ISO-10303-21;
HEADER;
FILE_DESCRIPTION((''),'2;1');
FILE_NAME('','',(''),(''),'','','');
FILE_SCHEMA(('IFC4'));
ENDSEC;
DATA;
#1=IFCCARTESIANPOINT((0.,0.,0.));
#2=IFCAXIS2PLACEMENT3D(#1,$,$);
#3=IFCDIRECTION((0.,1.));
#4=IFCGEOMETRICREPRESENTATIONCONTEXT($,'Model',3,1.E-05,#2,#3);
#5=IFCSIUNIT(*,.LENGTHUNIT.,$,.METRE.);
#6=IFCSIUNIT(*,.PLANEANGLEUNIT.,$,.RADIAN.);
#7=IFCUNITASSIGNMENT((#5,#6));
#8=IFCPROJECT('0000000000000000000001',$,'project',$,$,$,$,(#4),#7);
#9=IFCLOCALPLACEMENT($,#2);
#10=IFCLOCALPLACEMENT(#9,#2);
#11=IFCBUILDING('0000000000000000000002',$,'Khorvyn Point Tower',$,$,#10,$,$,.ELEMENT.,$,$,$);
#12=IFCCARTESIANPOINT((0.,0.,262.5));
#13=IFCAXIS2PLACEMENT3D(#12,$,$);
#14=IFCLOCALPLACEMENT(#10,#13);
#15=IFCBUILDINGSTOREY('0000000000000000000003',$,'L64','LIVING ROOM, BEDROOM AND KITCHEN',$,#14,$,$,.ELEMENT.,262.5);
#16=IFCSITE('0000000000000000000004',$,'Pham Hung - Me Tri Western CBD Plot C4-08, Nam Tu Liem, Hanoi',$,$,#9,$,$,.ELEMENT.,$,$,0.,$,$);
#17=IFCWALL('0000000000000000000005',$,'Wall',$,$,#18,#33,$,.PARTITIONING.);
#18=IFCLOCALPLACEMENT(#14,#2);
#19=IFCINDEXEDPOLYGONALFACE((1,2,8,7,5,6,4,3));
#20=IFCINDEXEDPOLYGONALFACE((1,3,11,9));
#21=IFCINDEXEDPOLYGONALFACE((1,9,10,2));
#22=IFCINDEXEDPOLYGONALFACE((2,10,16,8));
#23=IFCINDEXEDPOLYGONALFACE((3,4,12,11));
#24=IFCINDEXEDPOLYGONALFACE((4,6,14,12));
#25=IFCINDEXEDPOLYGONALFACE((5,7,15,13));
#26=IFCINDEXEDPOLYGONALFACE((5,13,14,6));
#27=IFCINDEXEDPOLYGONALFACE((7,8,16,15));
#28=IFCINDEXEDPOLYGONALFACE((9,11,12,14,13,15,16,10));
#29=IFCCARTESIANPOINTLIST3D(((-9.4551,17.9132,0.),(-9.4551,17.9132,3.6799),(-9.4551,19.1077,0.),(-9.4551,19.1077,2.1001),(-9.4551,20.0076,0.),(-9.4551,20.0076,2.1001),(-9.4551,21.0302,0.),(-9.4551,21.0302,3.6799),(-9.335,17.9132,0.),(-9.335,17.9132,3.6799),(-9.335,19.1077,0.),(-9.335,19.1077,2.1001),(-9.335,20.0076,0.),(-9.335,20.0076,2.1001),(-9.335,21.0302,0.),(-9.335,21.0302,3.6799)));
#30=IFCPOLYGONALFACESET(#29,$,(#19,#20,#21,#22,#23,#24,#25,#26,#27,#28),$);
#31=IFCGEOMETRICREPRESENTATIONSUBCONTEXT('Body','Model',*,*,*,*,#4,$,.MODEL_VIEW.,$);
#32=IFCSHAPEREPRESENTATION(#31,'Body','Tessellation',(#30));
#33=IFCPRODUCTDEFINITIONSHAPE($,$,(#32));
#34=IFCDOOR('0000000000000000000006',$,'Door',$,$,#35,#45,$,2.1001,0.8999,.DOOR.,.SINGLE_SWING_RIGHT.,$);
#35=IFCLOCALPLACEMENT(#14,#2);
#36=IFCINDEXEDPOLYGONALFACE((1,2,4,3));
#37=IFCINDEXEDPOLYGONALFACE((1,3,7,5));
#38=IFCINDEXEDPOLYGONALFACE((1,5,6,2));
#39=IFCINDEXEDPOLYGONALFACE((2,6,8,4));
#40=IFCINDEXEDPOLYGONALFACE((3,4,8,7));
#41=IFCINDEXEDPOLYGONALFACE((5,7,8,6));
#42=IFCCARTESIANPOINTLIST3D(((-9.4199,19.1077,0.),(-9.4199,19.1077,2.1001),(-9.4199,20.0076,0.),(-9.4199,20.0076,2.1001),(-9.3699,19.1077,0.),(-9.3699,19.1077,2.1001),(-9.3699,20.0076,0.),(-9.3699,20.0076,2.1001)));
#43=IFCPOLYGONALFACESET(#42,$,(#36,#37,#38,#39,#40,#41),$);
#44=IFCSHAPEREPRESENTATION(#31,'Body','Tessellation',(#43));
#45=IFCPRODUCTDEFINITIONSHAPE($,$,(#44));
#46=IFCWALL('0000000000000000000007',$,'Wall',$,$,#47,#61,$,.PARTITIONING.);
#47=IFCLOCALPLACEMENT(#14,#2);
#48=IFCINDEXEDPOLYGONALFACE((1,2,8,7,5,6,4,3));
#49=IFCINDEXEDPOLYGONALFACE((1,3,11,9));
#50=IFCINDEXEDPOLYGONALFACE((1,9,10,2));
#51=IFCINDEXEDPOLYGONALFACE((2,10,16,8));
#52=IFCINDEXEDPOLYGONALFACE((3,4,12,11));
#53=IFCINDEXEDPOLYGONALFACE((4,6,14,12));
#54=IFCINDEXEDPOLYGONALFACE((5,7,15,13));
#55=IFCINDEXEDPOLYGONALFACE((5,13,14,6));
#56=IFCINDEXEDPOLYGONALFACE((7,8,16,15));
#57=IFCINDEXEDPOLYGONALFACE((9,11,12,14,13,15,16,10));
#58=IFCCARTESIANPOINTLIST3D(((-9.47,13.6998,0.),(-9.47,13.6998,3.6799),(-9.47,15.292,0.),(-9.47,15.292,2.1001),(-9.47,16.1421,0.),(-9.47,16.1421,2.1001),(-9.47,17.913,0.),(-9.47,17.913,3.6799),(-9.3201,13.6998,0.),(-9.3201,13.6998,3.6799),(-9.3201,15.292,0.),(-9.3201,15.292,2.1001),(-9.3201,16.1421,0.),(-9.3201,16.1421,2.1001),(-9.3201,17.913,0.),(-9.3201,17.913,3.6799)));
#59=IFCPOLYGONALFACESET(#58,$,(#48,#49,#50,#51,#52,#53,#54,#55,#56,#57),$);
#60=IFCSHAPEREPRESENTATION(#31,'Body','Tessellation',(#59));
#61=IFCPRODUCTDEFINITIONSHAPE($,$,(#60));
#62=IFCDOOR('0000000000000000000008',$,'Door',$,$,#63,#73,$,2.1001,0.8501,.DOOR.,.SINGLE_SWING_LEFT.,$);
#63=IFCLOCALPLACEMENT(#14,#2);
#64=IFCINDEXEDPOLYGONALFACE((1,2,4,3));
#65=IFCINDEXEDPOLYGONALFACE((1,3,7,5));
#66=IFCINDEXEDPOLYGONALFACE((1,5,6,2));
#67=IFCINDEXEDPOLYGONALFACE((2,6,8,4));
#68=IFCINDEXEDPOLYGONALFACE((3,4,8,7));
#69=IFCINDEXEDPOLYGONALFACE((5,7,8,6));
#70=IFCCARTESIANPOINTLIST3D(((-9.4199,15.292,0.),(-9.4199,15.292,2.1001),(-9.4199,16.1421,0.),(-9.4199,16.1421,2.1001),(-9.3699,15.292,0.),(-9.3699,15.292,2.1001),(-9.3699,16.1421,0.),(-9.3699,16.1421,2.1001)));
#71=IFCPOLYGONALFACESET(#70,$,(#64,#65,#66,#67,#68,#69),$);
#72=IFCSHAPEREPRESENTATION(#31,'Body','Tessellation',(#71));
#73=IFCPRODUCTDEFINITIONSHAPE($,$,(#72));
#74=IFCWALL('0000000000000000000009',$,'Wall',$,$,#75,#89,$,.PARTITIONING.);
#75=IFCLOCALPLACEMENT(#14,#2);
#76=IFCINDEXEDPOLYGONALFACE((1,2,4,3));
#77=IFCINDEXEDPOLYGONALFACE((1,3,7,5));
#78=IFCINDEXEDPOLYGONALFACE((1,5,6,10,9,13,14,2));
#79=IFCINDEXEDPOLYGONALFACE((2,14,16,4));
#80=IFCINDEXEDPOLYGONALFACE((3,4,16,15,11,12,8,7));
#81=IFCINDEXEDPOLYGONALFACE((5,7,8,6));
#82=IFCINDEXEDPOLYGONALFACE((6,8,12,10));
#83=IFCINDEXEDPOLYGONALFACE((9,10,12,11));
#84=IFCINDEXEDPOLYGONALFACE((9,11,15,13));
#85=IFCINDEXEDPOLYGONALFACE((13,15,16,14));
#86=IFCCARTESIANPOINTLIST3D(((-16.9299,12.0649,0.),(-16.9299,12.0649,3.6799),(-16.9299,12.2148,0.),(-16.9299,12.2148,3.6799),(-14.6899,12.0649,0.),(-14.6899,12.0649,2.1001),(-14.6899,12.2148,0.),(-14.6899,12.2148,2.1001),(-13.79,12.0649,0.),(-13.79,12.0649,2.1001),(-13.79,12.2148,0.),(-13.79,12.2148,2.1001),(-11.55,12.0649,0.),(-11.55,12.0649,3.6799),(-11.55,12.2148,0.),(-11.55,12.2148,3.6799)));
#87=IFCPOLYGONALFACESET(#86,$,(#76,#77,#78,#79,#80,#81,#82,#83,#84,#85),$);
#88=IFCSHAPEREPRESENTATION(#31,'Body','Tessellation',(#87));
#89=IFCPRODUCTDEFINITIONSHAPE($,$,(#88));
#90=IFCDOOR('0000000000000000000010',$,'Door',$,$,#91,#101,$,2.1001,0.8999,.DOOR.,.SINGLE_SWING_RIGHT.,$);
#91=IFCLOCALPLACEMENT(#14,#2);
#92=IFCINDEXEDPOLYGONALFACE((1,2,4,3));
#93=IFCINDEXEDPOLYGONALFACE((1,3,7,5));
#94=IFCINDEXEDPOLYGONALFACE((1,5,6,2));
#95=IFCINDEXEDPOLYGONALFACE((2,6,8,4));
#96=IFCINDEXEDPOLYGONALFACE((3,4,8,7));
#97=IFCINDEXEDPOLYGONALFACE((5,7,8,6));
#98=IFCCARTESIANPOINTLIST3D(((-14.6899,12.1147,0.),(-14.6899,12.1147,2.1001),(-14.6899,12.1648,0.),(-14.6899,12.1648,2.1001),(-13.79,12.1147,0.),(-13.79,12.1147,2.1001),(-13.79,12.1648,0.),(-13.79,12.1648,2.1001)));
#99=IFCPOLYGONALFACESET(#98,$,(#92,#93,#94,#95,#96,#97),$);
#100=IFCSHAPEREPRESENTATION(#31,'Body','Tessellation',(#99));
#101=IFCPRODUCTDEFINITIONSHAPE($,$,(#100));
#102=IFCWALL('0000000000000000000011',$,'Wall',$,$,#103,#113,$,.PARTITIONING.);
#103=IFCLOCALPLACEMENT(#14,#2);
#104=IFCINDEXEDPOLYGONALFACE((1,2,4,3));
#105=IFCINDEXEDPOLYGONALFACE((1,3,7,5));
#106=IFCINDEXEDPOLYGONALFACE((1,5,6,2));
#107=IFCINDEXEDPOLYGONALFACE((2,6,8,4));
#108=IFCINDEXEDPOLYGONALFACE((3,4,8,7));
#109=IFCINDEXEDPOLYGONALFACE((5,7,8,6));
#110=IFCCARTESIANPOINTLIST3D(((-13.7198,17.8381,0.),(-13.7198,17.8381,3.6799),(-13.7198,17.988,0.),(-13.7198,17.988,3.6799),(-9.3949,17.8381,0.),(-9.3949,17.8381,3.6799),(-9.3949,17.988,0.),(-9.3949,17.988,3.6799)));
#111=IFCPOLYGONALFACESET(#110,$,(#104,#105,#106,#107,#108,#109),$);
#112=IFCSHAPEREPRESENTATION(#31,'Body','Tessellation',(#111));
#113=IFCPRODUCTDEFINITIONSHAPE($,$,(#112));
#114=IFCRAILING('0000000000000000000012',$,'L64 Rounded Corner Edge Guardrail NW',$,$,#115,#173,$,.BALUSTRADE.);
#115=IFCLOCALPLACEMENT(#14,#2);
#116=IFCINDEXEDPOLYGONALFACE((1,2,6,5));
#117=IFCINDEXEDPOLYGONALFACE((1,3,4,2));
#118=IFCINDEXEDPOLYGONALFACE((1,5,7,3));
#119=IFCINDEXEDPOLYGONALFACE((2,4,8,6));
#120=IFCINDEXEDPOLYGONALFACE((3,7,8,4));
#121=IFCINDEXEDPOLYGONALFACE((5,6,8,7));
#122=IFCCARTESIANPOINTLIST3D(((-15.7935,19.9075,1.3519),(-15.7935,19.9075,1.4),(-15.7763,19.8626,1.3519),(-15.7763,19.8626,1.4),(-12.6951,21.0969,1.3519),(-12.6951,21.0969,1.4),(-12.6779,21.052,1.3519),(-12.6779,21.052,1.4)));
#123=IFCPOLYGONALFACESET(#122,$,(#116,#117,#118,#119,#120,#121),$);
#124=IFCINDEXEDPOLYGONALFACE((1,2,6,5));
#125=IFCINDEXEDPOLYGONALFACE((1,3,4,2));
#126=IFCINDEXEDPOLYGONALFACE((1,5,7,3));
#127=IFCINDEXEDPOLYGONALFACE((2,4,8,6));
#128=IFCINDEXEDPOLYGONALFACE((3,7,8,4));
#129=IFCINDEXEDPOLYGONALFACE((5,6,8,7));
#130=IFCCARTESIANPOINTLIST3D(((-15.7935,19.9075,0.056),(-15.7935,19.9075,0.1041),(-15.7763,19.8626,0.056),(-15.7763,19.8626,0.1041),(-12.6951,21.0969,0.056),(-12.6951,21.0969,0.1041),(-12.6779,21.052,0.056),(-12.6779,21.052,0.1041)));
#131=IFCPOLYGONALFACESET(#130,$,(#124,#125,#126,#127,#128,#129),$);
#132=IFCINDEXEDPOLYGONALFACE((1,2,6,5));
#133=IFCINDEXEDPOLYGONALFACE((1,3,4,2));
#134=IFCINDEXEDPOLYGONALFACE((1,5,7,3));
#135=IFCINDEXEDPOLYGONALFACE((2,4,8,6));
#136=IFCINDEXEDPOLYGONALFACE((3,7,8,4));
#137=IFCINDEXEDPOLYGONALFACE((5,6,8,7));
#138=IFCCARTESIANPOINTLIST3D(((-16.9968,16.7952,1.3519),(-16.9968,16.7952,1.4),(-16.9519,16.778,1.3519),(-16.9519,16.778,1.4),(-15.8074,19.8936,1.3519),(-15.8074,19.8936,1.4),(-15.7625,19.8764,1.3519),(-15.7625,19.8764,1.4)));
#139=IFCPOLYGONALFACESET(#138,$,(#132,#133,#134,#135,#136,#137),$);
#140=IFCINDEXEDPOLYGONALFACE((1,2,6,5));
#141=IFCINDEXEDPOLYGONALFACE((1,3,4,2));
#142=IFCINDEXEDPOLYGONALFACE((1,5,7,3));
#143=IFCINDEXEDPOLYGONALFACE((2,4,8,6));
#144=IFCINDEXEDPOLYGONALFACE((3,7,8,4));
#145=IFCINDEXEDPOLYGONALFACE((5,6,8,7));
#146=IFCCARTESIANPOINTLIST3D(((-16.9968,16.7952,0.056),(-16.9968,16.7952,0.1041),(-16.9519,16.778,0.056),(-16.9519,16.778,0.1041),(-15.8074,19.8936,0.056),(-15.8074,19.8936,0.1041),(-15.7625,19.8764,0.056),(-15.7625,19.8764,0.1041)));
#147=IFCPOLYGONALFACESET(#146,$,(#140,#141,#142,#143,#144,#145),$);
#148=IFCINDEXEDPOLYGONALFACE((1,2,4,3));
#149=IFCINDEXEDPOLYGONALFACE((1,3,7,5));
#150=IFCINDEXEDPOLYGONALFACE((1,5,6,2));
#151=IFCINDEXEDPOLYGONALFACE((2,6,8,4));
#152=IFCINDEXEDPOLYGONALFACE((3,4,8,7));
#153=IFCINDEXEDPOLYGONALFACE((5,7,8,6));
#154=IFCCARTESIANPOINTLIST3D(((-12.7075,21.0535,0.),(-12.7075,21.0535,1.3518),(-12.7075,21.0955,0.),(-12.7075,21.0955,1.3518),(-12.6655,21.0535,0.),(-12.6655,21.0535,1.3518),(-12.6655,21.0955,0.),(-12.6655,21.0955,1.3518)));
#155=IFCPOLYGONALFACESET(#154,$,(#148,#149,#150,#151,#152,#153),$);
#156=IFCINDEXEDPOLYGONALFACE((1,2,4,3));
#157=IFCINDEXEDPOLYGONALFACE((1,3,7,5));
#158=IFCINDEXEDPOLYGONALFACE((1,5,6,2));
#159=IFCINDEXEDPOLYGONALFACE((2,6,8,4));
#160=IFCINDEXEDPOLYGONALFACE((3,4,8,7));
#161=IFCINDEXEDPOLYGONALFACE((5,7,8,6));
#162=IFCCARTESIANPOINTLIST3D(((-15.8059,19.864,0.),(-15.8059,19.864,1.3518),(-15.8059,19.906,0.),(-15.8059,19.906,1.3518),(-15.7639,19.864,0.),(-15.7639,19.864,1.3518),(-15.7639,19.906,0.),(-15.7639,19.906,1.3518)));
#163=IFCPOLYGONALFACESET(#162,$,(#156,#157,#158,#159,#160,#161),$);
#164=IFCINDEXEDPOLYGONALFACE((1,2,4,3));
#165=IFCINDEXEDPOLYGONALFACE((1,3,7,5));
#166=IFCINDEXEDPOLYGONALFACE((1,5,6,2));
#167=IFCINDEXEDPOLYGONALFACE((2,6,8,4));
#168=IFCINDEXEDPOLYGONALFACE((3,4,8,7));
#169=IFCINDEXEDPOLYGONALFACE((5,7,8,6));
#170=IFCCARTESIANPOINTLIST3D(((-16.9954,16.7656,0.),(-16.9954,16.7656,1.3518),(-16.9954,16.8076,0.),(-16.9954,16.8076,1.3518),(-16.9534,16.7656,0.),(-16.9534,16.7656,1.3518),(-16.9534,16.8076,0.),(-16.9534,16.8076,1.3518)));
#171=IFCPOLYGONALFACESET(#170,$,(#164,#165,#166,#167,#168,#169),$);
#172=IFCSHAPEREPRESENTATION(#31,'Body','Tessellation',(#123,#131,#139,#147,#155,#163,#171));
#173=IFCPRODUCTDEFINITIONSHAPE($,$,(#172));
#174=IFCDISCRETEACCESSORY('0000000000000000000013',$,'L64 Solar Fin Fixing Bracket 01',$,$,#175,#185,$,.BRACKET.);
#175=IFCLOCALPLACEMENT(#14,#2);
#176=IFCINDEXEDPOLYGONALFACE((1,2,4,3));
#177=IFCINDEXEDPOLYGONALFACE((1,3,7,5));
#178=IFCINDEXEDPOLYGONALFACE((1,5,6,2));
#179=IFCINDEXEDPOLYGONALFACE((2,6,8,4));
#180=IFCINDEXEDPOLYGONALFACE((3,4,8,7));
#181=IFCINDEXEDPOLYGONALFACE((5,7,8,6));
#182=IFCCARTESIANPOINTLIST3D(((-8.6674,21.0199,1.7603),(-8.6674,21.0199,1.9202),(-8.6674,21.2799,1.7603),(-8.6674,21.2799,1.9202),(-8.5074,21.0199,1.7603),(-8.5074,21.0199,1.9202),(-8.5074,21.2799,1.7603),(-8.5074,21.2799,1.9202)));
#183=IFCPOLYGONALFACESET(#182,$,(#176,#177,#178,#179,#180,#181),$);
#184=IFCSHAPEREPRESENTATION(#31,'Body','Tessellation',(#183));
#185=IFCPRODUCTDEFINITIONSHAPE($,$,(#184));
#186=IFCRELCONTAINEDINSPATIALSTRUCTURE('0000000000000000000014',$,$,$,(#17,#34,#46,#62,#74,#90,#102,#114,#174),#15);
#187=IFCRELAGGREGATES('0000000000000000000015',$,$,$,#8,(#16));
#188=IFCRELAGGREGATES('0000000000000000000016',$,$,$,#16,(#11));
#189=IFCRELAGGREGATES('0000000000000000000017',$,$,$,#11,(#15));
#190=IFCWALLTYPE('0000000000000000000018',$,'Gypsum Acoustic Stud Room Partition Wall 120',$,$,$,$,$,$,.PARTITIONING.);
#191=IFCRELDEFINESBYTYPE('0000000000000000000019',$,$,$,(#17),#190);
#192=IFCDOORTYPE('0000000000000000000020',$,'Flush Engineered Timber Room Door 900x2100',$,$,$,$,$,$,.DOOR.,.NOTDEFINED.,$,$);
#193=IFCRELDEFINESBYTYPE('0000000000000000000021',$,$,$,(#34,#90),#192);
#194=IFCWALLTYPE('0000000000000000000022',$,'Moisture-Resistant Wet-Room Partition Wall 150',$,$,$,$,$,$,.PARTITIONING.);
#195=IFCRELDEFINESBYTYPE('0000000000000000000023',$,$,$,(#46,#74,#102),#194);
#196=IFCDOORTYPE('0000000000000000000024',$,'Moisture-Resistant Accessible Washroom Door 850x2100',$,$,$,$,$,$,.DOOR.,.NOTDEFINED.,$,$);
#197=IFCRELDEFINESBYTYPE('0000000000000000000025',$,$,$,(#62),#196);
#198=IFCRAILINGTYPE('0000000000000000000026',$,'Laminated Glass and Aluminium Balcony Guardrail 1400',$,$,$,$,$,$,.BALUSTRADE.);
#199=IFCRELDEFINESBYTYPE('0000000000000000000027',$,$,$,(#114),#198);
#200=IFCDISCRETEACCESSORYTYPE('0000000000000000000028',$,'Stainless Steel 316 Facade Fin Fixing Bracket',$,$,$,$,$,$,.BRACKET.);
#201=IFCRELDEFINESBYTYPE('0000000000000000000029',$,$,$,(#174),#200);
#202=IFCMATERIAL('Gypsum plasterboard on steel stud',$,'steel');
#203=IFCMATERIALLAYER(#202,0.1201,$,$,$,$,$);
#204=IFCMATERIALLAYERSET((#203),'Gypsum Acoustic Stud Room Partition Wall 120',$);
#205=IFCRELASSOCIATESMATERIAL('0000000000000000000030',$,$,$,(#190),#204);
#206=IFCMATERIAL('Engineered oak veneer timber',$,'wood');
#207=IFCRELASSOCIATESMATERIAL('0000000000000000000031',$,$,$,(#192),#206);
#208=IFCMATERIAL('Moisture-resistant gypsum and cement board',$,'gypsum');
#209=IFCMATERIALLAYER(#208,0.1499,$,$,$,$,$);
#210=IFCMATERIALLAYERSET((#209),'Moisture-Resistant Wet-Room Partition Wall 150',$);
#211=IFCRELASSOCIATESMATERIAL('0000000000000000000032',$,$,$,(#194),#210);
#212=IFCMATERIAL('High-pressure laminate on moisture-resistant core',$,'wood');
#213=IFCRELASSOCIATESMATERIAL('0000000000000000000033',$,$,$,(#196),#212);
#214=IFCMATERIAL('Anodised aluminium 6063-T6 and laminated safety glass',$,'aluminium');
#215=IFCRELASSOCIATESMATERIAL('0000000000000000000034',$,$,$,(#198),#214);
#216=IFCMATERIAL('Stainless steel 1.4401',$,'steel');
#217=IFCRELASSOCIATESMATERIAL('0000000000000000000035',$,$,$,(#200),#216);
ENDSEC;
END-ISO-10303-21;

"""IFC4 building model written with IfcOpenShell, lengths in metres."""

from ifc_helpers import new_model, si_unit, direction, frame, frame_2d, origin, origin_2d, place, context, subcontext, project, spatial, rectangle, extrude, material, layer, layer_set, type_object, element, fill, save


model = new_model("IFC4")

# Units and contexts
model_context = context("Model", 3, precision=1e-05, world=origin(), true_north=direction((0.0, 1.0)))
body_context = subcontext(model_context, "Body", "Model", "MODEL_VIEW")
ifc_project = project(units=[si_unit("LENGTHUNIT", "METRE"), si_unit("PLANEANGLEUNIT", "RADIAN")], contexts=[model_context])

# Site, building, storey
site_placement = place(None, origin())
site = spatial("IfcSite", under=ifc_project, at=site_placement, Name="Pham Hung - Me Tri Western CBD Plot C4-08, Nam Tu Liem, Hanoi", CompositionType="ELEMENT", RefElevation=0.0)
building_placement = place(site_placement, origin())
building = spatial("IfcBuilding", under=site, at=building_placement, Name="Khorvyn Point Tower", CompositionType="ELEMENT")
storey_placement = place(building_placement, frame((0.0, 0.0, 262.5)))
storey = spatial("IfcBuildingStorey", under=building, at=storey_placement, Name="L64", Description="LIVING ROOM, BEDROOM AND KITCHEN", CompositionType="ELEMENT", Elevation=262.5)

# Walls, openings, doors
ifc_material_1 = material(Name="Gypsum plasterboard on steel stud", Category="steel")
ifc_layer_1 = layer(ifc_material_1, 0.1201)
ifc_layer_set_1 = layer_set([ifc_layer_1], Name="Gypsum Acoustic Stud Room Partition Wall 120")
wall_type_1 = type_object("IfcWallType", Name="Gypsum Acoustic Stud Room Partition Wall 120", PredefinedType="PARTITIONING", material=ifc_layer_set_1)
ifc_material_2 = material(Name="Engineered oak veneer timber", Category="wood")
door_type_1 = type_object("IfcDoorType", Name="Flush Engineered Timber Room Door 900x2100", OperationType="NOTDEFINED", PredefinedType="DOOR", material=ifc_material_2)
wall_1_placement = place(storey_placement, frame((-9.395, 17.9131, 0.0), z_axis=(0.0, 0.0, 1.0), x_axis=(0.0, 1.0, 0.0)))
wall_1 = element("IfcWall", 1, at=wall_1_placement, inside=storey, type_object=wall_type_1, Name="Wall", PredefinedType="PARTITIONING", context=body_context, shape_type="SweptSolid", body=[
    extrude(rectangle(XDim=3.1169, YDim=0.1201, at=frame_2d((1.5586, 0.0))), origin(), (0.0, 0.0, 1.0), 3.6799),
])
opening_1_placement = place(wall_1_placement, frame((1.1946, 0.0, 0.0)))
opening_1 = element("IfcOpeningElement", 2, at=opening_1_placement, cuts=wall_1, PredefinedType="OPENING", context=body_context, shape_type="SweptSolid", body=[
    extrude(rectangle(XDim=0.8999, YDim=2.1001, at=frame_2d((0.45, 1.05))), frame((0.0, 0.0701, 0.0), z_axis=(0.0, -1.0, 0.0), x_axis=(1.0, 0.0, 0.0)), (0.0, 0.0, 1.0), 0.1401),
])
door_1_placement = place(opening_1_placement, origin())
door_1 = element("IfcDoor", 3, at=door_1_placement, inside=storey, type_object=door_type_1, Name="Door", OperationType="SINGLE_SWING_RIGHT", OverallHeight=2.1001, OverallWidth=0.8999, PredefinedType="DOOR", context=body_context, shape_type="SweptSolid", body=[
    extrude(rectangle(XDim=0.8999, YDim=2.1001, at=frame_2d((0.45, 1.05))), frame((0.0, 0.0249, 0.0), z_axis=(0.0, -1.0, 0.0), x_axis=(1.0, 0.0, 0.0)), (0.0, 0.0, 1.0), 0.05),
])
fill(opening_1, door_1)
ifc_material_3 = material(Name="Moisture-resistant gypsum and cement board", Category="gypsum")
ifc_layer_2 = layer(ifc_material_3, 0.1499)
ifc_layer_set_2 = layer_set([ifc_layer_2], Name="Moisture-Resistant Wet-Room Partition Wall 150")
wall_type_2 = type_object("IfcWallType", Name="Moisture-Resistant Wet-Room Partition Wall 150", PredefinedType="PARTITIONING", material=ifc_layer_set_2)
wall_2_placement = place(storey_placement, frame((-9.395, 13.7, 0.0), z_axis=(0.0, 0.0, 1.0), x_axis=(0.0, 1.0, 0.0)))
wall_2 = element("IfcWall", 4, at=wall_2_placement, inside=storey, type_object=wall_type_2, Name="Wall", PredefinedType="PARTITIONING", context=body_context, shape_type="SweptSolid", body=[
    extrude(rectangle(XDim=4.2131, YDim=0.1499, at=frame_2d((2.1064, 0.0))), origin(), (0.0, 0.0, 1.0), 3.6799),
])
opening_2_placement = place(wall_2_placement, frame((1.592, 0.0, 0.0)))
opening_2 = element("IfcOpeningElement", 5, at=opening_2_placement, cuts=wall_2, PredefinedType="OPENING", context=body_context, shape_type="SweptSolid", body=[
    extrude(rectangle(XDim=0.8501, YDim=2.1001, at=frame_2d((0.425, 1.05))), frame((0.0, 0.085, 0.0), z_axis=(0.0, -1.0, 0.0), x_axis=(1.0, 0.0, 0.0)), (0.0, 0.0, 1.0), 0.1699),
])
ifc_material_4 = material(Name="High-pressure laminate on moisture-resistant core", Category="wood")
door_type_2 = type_object("IfcDoorType", Name="Moisture-Resistant Accessible Washroom Door 850x2100", OperationType="NOTDEFINED", PredefinedType="DOOR", material=ifc_material_4)
door_2_placement = place(opening_2_placement, origin())
door_2 = element("IfcDoor", 6, at=door_2_placement, inside=storey, type_object=door_type_2, Name="Door", OperationType="SINGLE_SWING_LEFT", OverallHeight=2.1001, OverallWidth=0.8501, PredefinedType="DOOR", context=body_context, shape_type="SweptSolid", body=[
    extrude(rectangle(XDim=0.8501, YDim=2.1001, at=frame_2d((0.425, 1.05))), frame((0.0, 0.0249, 0.0), z_axis=(0.0, -1.0, 0.0), x_axis=(1.0, 0.0, 0.0)), (0.0, 0.0, 1.0), 0.05),
])
fill(opening_2, door_2)
wall_3_placement = place(storey_placement, frame((-16.9299, 12.1399, 0.0), z_axis=(0.0, 0.0, 1.0), x_axis=(1.0, 0.0, 0.0)))
wall_3 = element("IfcWall", 7, at=wall_3_placement, inside=storey, type_object=wall_type_2, Name="Wall", PredefinedType="PARTITIONING", context=body_context, shape_type="SweptSolid", body=[
    extrude(rectangle(XDim=5.3799, YDim=0.1499, at=frame_2d((2.6899, 0.0))), origin(), (0.0, 0.0, 1.0), 3.6799),
])
opening_3_placement = place(wall_3_placement, frame((2.24, 0.0, 0.0)))
opening_3 = element("IfcOpeningElement", 8, at=opening_3_placement, cuts=wall_3, PredefinedType="OPENING", context=body_context, shape_type="SweptSolid", body=[
    extrude(rectangle(XDim=0.8999, YDim=2.1001, at=frame_2d((0.45, 1.05))), frame((0.0, 0.085, 0.0), z_axis=(0.0, -1.0, 0.0), x_axis=(1.0, 0.0, 0.0)), (0.0, 0.0, 1.0), 0.1699),
])
door_3_placement = place(opening_3_placement, origin())
door_3 = element("IfcDoor", 9, at=door_3_placement, inside=storey, type_object=door_type_1, Name="Door", OperationType="SINGLE_SWING_RIGHT", OverallHeight=2.1001, OverallWidth=0.8999, PredefinedType="DOOR", context=body_context, shape_type="SweptSolid", body=[
    extrude(rectangle(XDim=0.8999, YDim=2.1001, at=frame_2d((0.45, 1.05))), frame((0.0, 0.0249, 0.0), z_axis=(0.0, -1.0, 0.0), x_axis=(1.0, 0.0, 0.0)), (0.0, 0.0, 1.0), 0.05),
])
fill(opening_3, door_3)

# Wall
wall_4_placement = place(storey_placement, frame((-13.72, 17.9131, 0.0), z_axis=(0.0, 0.0, 1.0), x_axis=(1.0, 0.0, 0.0)))
element("IfcWall", 10, at=wall_4_placement, inside=storey, type_object=wall_type_2, Name="Wall", PredefinedType="PARTITIONING", context=body_context, shape_type="SweptSolid", body=[
    extrude(rectangle(XDim=4.325, YDim=0.1499, at=frame_2d((2.1626, 0.0))), origin(), (0.0, 0.0, 1.0), 3.6799),
])

# Railing
ifc_material_5 = material(Name="Anodised aluminium 6063-T6 and laminated safety glass", Category="aluminium")
railing_type = type_object("IfcRailingType", Name="Laminated Glass and Aluminium Balcony Guardrail 1400", PredefinedType="BALUSTRADE", material=ifc_material_5)
railing_placement = place(storey_placement, frame((-12.6865, 21.0745, 0.0)))
element("IfcRailing", 11, at=railing_placement, inside=storey, type_object=railing_type, Name="L64 Rounded Corner Edge Guardrail NW", PredefinedType="BALUSTRADE", context=body_context, shape_type="SweptSolid", body=[
    extrude(rectangle(XDim=0.0481, YDim=0.0481, at=origin_2d()), frame((0.0, 0.0, 1.376), z_axis=(-0.933571, -0.358392, 0.0), x_axis=(0.358392, -0.933571, 0.0)), (0.0, 0.0, 1.0), 3.3188),
    extrude(rectangle(XDim=0.0481, YDim=0.0481, at=origin_2d()), frame((0.0, 0.0, 0.0801), z_axis=(-0.933571, -0.358392, 0.0), x_axis=(0.358392, -0.933571, 0.0)), (0.0, 0.0, 1.0), 3.3188),
    extrude(rectangle(XDim=0.0481, YDim=0.0481, at=origin_2d()), frame((-3.0984, -1.1895, 1.376), z_axis=(-0.358392, -0.933571, 0.0), x_axis=(0.933571, -0.358392, 0.0)), (0.0, 0.0, 1.0), 3.3188),
    extrude(rectangle(XDim=0.0481, YDim=0.0481, at=origin_2d()), frame((-3.0984, -1.1895, 0.0801), z_axis=(-0.358392, -0.933571, 0.0), x_axis=(0.933571, -0.358392, 0.0)), (0.0, 0.0, 1.0), 3.3188),
    extrude(rectangle(XDim=0.042, YDim=0.042, at=origin_2d()), origin(), (0.0, 0.0, 1.0), 1.3518),
    extrude(rectangle(XDim=0.042, YDim=0.042, at=origin_2d()), frame((-3.0984, -1.1895, 0.0)), (0.0, 0.0, 1.0), 1.3518),
    extrude(rectangle(XDim=0.042, YDim=0.042, at=origin_2d()), frame((-4.2878, -4.2878, 0.0)), (0.0, 0.0, 1.0), 1.3518),
])

# Discrete accessory
ifc_material_6 = material(Name="Stainless steel 1.4401", Category="steel")
discrete_accessory_type = type_object("IfcDiscreteAccessoryType", Name="Stainless Steel 316 Facade Fin Fixing Bracket", PredefinedType="BRACKET", material=ifc_material_6)
discrete_accessory_placement = place(storey_placement, frame((-8.5874, 21.1499, 1.7603), z_axis=(0.0, 0.0, 1.0), x_axis=(1.0, 0.0, 0.0)))
element("IfcDiscreteAccessory", 12, at=discrete_accessory_placement, inside=storey, type_object=discrete_accessory_type, Name="L64 Solar Fin Fixing Bracket 01", PredefinedType="BRACKET", context=body_context, shape_type="SweptSolid", body=[
    extrude(rectangle(XDim=0.1599, YDim=0.26, at=origin_2d()), origin(), (0.0, 0.0, 1.0), 0.1599),
])

save(model, "model.ifc")
